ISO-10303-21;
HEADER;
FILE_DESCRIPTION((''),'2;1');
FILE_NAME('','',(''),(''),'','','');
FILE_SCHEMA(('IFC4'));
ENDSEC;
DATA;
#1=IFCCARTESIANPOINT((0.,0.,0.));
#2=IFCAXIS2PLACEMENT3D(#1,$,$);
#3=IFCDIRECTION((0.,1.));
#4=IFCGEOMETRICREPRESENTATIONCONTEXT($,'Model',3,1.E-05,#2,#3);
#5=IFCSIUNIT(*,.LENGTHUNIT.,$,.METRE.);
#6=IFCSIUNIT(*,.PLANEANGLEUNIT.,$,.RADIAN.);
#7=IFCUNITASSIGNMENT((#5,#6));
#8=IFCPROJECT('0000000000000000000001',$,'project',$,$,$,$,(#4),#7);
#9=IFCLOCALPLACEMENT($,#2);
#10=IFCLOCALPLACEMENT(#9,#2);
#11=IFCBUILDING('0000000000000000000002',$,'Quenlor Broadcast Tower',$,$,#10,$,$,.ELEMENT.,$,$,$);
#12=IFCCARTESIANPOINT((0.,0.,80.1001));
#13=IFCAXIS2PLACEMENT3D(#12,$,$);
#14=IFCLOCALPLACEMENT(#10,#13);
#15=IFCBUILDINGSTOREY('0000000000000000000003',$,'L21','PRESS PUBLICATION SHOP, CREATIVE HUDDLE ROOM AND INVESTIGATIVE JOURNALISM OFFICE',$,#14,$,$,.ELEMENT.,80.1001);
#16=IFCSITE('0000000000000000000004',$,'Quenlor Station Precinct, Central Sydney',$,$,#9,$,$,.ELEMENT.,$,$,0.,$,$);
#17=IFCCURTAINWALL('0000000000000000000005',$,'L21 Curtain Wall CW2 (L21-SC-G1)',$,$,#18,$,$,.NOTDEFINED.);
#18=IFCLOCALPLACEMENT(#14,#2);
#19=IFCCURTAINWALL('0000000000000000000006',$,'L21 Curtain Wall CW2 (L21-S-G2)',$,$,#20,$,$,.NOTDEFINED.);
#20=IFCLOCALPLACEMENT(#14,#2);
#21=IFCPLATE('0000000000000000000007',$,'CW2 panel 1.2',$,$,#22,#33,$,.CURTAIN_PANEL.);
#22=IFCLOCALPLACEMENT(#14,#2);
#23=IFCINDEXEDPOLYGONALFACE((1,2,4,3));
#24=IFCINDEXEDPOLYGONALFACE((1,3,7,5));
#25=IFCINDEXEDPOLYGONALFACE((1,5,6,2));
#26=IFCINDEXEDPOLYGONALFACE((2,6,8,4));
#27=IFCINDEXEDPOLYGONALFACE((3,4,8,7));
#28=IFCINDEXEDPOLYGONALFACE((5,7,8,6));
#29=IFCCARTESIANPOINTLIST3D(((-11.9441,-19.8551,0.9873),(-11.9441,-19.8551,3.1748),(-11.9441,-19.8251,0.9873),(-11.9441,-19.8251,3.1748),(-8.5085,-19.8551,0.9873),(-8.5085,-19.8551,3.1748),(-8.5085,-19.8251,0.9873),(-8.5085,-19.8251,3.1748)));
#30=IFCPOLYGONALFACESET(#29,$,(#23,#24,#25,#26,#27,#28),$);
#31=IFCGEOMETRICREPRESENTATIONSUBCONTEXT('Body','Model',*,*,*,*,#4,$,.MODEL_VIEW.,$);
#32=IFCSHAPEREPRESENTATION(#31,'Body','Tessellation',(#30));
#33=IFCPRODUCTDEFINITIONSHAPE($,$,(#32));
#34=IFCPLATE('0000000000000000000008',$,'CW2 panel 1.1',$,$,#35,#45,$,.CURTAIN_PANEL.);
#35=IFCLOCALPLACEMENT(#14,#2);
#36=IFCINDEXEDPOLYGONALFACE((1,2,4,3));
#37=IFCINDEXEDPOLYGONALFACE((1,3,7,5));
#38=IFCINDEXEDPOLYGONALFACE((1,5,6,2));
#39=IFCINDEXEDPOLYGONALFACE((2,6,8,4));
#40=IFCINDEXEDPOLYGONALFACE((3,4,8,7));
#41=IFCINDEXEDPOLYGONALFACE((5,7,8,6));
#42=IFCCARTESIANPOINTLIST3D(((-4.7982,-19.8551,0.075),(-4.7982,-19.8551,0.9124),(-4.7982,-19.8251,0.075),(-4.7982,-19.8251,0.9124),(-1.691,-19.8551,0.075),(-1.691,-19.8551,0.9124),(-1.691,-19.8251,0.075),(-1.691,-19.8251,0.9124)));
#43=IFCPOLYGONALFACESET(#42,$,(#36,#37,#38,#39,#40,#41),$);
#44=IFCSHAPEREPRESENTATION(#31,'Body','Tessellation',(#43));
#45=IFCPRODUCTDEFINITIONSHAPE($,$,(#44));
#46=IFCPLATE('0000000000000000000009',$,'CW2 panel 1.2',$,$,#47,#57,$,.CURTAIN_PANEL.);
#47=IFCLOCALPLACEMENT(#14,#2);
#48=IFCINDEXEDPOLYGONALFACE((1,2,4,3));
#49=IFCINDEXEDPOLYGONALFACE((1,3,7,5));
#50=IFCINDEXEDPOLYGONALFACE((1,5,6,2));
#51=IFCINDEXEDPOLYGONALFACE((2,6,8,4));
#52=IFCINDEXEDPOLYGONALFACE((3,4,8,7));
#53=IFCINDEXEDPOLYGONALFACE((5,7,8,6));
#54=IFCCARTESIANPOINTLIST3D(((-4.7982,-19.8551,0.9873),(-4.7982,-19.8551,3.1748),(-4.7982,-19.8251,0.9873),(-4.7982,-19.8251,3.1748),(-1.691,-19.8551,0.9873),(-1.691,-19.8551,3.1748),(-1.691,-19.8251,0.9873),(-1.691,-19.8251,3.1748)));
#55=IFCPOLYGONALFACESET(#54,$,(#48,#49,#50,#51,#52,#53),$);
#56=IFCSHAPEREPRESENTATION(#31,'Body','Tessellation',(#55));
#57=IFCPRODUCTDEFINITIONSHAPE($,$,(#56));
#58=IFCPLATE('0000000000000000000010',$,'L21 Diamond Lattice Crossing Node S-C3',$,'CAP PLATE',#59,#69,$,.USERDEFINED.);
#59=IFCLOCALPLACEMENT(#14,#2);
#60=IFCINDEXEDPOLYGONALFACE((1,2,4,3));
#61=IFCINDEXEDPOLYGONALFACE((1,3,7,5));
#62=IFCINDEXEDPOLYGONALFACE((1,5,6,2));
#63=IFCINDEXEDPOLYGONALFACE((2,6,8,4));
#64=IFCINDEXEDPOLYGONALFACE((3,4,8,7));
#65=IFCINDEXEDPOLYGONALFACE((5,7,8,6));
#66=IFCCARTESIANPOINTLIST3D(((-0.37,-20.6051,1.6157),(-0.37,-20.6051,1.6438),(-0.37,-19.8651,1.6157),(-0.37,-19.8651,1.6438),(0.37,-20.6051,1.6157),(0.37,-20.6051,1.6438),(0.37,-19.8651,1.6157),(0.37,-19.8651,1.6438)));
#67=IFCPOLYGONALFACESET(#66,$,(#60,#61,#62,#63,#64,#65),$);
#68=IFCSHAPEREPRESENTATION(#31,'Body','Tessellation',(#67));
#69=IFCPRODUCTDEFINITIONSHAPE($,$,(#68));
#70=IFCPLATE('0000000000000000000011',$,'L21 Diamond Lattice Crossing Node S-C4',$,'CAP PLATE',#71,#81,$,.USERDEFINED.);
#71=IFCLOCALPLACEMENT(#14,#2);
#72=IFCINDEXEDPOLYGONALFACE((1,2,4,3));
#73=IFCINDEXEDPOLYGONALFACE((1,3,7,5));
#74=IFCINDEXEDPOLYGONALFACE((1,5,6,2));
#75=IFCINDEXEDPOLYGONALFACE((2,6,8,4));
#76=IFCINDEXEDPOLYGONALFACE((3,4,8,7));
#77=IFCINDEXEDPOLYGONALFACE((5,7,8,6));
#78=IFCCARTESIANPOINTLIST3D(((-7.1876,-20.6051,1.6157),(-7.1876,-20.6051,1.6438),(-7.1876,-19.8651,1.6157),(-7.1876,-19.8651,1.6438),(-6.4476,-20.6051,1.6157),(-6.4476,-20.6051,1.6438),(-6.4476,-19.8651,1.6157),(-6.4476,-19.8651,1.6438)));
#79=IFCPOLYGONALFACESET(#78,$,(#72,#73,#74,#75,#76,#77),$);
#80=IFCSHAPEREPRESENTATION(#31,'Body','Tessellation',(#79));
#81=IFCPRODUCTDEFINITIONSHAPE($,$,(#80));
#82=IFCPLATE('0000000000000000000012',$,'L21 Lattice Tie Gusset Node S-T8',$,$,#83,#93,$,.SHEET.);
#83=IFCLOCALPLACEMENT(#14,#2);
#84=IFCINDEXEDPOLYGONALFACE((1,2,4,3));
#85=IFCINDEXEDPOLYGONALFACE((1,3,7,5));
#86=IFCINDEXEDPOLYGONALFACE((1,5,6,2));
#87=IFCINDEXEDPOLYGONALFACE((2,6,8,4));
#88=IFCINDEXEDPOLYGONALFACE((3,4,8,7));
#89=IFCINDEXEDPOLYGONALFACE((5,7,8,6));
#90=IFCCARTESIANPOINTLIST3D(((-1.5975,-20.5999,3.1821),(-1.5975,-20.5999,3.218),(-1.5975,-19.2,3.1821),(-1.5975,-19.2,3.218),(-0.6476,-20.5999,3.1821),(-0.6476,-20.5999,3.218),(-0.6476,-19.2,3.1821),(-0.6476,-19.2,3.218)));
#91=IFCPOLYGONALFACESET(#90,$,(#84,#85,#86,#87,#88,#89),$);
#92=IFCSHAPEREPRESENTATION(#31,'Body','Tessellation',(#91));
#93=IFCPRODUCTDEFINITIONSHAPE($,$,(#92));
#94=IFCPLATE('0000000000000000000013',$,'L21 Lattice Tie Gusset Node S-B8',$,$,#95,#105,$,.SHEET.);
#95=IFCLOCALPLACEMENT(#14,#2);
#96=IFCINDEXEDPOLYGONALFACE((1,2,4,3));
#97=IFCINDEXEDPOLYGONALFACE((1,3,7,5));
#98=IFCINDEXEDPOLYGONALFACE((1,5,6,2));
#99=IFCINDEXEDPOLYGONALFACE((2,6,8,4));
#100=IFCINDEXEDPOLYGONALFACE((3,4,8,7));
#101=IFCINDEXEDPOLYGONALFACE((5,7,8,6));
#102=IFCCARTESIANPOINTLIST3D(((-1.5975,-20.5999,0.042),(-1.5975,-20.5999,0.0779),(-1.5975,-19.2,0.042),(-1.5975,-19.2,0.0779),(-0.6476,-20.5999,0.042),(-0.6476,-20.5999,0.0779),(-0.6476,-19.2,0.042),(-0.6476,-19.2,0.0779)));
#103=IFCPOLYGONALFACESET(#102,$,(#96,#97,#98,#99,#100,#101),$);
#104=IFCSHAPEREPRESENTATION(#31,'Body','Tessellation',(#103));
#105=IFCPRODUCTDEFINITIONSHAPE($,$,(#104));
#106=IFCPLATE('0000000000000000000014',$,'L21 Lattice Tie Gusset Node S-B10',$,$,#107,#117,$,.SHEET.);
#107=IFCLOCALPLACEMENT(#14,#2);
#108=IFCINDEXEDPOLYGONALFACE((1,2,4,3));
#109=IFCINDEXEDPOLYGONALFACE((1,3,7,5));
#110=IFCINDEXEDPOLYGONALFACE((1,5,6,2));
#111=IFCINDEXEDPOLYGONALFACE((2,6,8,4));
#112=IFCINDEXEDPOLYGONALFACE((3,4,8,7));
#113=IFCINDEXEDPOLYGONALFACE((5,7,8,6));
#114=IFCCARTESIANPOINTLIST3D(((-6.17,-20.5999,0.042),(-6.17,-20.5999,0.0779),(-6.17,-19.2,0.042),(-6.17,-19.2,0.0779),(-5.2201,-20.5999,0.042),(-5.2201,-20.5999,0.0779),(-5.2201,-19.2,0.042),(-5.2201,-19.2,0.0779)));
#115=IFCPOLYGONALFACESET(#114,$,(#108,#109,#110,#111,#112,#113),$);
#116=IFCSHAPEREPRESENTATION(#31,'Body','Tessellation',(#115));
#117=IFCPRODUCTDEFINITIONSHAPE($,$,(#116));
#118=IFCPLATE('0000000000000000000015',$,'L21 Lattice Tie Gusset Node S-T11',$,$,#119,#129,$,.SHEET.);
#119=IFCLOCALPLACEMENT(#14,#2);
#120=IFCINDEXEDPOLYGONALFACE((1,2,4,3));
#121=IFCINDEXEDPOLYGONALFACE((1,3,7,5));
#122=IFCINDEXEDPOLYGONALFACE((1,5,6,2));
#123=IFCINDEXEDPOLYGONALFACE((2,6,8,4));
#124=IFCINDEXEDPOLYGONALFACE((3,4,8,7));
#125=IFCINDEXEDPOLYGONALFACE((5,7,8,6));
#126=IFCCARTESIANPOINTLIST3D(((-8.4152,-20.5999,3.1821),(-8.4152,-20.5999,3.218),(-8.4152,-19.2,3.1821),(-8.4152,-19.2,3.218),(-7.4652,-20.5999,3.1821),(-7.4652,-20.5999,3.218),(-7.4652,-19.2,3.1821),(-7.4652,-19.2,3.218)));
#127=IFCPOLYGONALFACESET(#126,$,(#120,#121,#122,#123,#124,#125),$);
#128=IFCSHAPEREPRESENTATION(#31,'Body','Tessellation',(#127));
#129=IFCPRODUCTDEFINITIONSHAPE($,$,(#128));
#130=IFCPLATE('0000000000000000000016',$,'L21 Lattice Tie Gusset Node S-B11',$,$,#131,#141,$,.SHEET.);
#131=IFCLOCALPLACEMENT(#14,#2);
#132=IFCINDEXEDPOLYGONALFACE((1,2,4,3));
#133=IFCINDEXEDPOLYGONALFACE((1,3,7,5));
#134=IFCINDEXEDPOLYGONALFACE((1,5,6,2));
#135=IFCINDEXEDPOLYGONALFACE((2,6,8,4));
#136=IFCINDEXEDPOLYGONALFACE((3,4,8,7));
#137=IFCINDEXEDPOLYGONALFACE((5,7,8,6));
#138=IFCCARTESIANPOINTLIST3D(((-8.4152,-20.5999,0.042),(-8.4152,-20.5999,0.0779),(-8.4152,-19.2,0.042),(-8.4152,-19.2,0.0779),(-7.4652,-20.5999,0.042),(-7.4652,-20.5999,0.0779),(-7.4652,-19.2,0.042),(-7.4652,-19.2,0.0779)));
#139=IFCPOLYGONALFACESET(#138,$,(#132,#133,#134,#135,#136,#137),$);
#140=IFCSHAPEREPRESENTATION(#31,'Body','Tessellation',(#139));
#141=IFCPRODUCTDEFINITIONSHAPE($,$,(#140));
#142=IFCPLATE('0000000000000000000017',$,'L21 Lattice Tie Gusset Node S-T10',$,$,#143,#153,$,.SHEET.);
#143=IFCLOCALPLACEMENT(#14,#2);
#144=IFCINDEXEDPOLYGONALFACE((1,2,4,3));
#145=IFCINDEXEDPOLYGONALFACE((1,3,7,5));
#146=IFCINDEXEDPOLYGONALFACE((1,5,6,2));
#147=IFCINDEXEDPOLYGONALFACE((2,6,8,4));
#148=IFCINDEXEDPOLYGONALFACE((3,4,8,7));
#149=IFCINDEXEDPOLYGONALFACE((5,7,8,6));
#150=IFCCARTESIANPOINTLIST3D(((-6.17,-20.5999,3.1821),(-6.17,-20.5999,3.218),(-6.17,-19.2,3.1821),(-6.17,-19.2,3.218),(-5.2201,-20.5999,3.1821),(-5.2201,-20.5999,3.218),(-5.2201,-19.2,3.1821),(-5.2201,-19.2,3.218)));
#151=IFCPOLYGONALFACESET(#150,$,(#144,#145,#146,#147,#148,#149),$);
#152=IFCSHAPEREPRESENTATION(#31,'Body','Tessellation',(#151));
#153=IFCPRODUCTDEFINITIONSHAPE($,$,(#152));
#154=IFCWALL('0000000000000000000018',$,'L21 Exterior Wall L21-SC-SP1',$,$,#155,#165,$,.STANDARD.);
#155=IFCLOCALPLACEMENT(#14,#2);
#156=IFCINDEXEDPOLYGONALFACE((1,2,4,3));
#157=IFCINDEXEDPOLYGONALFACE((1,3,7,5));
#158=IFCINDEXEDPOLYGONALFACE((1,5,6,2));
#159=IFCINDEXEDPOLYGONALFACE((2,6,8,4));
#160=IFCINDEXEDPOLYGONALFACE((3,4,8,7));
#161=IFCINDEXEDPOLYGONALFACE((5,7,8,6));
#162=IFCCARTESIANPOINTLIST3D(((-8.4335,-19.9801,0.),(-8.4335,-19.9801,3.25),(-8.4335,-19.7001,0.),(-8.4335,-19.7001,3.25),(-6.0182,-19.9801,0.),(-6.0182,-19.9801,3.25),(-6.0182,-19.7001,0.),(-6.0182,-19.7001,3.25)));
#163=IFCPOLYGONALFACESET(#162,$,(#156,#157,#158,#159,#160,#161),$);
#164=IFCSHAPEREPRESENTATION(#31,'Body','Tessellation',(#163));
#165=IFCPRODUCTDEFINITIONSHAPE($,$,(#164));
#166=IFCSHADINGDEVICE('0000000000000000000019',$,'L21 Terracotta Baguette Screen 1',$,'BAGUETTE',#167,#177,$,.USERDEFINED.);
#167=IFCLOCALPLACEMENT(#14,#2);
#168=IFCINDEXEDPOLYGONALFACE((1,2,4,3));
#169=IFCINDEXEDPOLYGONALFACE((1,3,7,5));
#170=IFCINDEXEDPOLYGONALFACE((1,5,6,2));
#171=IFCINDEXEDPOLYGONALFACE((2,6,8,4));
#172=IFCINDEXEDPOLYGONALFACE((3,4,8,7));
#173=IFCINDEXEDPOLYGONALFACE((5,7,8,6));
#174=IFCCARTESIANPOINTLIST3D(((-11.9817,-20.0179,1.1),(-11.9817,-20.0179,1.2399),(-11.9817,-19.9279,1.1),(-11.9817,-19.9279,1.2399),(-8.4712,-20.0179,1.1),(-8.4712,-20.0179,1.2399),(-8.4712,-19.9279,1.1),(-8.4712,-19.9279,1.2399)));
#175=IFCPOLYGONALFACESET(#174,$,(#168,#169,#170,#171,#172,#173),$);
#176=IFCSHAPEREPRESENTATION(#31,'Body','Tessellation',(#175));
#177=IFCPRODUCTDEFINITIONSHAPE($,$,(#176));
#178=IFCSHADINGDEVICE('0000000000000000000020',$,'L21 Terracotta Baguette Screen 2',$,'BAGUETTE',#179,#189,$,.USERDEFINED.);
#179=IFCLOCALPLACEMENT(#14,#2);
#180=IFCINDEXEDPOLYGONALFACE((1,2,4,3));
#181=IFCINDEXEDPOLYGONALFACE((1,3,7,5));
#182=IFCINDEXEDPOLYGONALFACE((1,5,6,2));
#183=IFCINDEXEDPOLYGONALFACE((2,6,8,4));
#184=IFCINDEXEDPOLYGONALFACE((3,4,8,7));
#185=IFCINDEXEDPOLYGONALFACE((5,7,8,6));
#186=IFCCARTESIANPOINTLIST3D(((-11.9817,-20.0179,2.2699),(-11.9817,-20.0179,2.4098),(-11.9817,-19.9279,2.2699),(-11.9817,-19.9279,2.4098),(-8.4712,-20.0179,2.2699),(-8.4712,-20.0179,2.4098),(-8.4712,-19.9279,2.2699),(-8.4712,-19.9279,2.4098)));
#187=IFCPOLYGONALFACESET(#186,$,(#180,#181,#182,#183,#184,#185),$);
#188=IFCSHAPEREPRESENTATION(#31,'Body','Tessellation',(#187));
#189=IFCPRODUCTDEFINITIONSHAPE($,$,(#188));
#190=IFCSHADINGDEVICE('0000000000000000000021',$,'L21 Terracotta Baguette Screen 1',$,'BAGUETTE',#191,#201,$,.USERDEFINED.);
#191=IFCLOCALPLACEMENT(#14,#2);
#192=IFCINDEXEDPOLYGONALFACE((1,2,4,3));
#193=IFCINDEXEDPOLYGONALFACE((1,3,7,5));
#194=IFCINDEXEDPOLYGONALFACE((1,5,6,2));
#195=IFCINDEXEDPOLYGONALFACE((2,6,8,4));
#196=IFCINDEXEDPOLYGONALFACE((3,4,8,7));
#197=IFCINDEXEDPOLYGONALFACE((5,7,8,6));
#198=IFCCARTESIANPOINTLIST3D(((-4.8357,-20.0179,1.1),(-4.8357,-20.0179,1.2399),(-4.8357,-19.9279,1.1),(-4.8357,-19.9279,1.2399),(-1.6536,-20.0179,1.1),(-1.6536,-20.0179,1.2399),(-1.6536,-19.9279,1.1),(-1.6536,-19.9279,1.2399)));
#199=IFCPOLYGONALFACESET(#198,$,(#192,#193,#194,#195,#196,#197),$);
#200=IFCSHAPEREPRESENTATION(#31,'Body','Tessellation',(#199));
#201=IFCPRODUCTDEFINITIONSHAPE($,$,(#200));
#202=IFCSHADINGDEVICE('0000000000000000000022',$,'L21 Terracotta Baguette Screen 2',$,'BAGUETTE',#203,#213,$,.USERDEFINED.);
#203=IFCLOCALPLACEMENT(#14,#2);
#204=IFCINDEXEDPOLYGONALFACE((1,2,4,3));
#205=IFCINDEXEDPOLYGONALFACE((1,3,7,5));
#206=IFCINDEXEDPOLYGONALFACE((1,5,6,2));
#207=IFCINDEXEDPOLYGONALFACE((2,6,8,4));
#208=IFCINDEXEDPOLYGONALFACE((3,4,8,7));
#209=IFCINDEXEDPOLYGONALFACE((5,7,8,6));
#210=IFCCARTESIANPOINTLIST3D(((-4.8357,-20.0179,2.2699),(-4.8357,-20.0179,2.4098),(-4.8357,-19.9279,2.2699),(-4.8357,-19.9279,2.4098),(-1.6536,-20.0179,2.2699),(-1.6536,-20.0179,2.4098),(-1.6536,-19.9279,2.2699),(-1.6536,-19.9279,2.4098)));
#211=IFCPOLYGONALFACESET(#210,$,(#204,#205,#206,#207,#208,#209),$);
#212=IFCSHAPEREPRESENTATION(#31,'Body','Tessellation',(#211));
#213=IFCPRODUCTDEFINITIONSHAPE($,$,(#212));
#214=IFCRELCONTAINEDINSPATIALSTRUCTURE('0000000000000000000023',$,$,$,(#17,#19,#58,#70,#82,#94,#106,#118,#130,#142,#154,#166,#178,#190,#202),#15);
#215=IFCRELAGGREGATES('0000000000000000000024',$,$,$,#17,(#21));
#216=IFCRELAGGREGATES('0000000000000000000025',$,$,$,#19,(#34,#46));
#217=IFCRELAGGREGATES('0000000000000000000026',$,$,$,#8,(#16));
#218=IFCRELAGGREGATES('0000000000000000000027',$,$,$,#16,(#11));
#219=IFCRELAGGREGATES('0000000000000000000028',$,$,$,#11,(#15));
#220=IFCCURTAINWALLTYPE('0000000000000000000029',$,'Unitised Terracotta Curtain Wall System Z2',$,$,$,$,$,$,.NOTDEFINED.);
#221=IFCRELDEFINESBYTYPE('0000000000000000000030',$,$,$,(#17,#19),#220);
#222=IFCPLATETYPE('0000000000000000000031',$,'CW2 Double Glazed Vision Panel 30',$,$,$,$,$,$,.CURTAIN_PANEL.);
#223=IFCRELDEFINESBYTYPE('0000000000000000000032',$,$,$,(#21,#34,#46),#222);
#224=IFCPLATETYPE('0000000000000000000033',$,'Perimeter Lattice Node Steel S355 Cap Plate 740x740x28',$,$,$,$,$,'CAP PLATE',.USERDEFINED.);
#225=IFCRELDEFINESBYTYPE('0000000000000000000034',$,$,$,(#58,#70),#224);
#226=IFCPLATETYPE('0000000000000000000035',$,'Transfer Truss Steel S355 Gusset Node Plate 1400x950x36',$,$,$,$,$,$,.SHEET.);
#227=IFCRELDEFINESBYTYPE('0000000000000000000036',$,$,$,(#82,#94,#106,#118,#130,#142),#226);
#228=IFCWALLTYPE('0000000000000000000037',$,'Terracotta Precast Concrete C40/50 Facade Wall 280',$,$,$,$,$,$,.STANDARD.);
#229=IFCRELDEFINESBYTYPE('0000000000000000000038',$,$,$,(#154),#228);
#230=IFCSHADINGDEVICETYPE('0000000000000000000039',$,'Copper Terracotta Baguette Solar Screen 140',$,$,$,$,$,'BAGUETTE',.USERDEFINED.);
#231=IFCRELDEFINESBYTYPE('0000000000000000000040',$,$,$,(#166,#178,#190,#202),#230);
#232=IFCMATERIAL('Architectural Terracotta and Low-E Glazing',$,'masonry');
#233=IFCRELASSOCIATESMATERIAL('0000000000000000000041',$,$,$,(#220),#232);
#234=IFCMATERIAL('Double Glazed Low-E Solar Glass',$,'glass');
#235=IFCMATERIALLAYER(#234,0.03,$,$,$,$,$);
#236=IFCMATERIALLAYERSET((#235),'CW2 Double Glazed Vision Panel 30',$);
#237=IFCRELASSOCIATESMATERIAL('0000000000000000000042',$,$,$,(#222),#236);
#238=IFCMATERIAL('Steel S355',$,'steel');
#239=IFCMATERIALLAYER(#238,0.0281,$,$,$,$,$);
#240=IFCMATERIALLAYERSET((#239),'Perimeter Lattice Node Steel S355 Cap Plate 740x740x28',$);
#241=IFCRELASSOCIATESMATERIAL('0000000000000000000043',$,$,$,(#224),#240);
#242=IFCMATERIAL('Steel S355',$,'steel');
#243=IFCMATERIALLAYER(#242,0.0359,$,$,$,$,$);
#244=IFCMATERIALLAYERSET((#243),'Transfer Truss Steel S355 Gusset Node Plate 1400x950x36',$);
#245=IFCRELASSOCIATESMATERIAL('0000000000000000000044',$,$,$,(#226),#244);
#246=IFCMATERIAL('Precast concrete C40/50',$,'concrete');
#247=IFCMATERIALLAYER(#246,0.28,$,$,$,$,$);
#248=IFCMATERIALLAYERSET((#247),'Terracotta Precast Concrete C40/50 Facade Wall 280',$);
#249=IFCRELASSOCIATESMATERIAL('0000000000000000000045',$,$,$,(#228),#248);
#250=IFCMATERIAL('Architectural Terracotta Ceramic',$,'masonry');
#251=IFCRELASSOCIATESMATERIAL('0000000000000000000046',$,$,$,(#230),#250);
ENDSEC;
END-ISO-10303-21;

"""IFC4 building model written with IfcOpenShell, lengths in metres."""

from ifc_helpers import new_model, si_unit, direction, frame, frame_2d, origin, origin_2d, place, context, subcontext, project, spatial, rectangle, extrude, material, layer, layer_set, material_profile, profile_set, type_object, element, aggregate, save


model = new_model("IFC4")

# Units and contexts
model_context = context("Model", 3, precision=1e-05, world=origin(), true_north=direction((0.0, 1.0)))
body_context = subcontext(model_context, "Body", "Model", "MODEL_VIEW")
ifc_project = project(units=[si_unit("LENGTHUNIT", "METRE"), si_unit("PLANEANGLEUNIT", "RADIAN")], contexts=[model_context])

# Site, building, storey
site_placement = place(None, origin())
site = spatial("IfcSite", under=ifc_project, at=site_placement, Name="Quenlor Station Precinct, Central Sydney", CompositionType="ELEMENT", RefElevation=0.0)
building_placement = place(site_placement, origin())
building = spatial("IfcBuilding", under=site, at=building_placement, Name="Quenlor Broadcast Tower", CompositionType="ELEMENT")
storey_placement = place(building_placement, frame((0.0, 0.0, 80.1001)))
storey = spatial("IfcBuildingStorey", under=building, at=storey_placement, Name="L21", Description="PRESS PUBLICATION SHOP, CREATIVE HUDDLE ROOM AND INVESTIGATIVE JOURNALISM OFFICE", CompositionType="ELEMENT", Elevation=80.1001)

# Curtain walls
ifc_material_1 = material(Name="Architectural Terracotta and Low-E Glazing", Category="masonry")
curtain_wall_type = type_object("IfcCurtainWallType", Name="Unitised Terracotta Curtain Wall System Z2", PredefinedType="NOTDEFINED", material=ifc_material_1)
curtain_wall_1_placement = place(storey_placement, origin())
curtain_wall_1 = element("IfcCurtainWall", 1, at=curtain_wall_1_placement, inside=storey, type_object=curtain_wall_type, Name="L21 Curtain Wall CW2 (L21-SC-G1)", PredefinedType="NOTDEFINED")
curtain_wall_2_placement = place(storey_placement, origin())
curtain_wall_2 = element("IfcCurtainWall", 2, at=curtain_wall_2_placement, inside=storey, type_object=curtain_wall_type, Name="L21 Curtain Wall CW2 (L21-S-G2)", PredefinedType="NOTDEFINED")

# Plates
ifc_material_2 = material(Name="Double Glazed Low-E Solar Glass", Category="glass")
ifc_layer_1 = layer(ifc_material_2, 0.03)
ifc_layer_set_1 = layer_set([ifc_layer_1], Name="CW2 Double Glazed Vision Panel 30")
plate_type_1 = type_object("IfcPlateType", Name="CW2 Double Glazed Vision Panel 30", PredefinedType="CURTAIN_PANEL", material=ifc_layer_set_1)
plate_1_placement = place(storey_placement, frame((-10.2263, -19.8401, 0.9873), z_axis=(0.0, 0.0, 1.0), x_axis=(-1.0, 0.0, 0.0)))
plate_1 = element("IfcPlate", 3, at=plate_1_placement, type_object=plate_type_1, Name="CW2 panel 1.2", PredefinedType="CURTAIN_PANEL", context=body_context, shape_type="SweptSolid", body=[
    extrude(rectangle(XDim=3.4355, YDim=0.03, at=origin_2d()), origin(), (0.0, 0.0, 1.0), 2.1875),
])
aggregate(curtain_wall_1, [plate_1])
plate_2_placement = place(storey_placement, frame((-3.2446, -19.8401, 0.075), z_axis=(0.0, 0.0, 1.0), x_axis=(-1.0, 0.0, 0.0)))
plate_2 = element("IfcPlate", 4, at=plate_2_placement, type_object=plate_type_1, Name="CW2 panel 1.1", PredefinedType="CURTAIN_PANEL", context=body_context, shape_type="SweptSolid", body=[
    extrude(rectangle(XDim=3.1072, YDim=0.03, at=origin_2d()), origin(), (0.0, 0.0, 1.0), 0.8374),
])
plate_3_placement = place(storey_placement, frame((-3.2446, -19.8401, 0.9873), z_axis=(0.0, 0.0, 1.0), x_axis=(-1.0, 0.0, 0.0)))
plate_3 = element("IfcPlate", 5, at=plate_3_placement, type_object=plate_type_1, Name="CW2 panel 1.2", PredefinedType="CURTAIN_PANEL", context=body_context, shape_type="SweptSolid", body=[
    extrude(rectangle(XDim=3.1072, YDim=0.03, at=origin_2d()), origin(), (0.0, 0.0, 1.0), 2.1875),
])
aggregate(curtain_wall_2, [plate_2, plate_3])

# Plates
ifc_material_3 = material(Name="Steel S355", Category="steel")
ifc_layer_2 = layer(ifc_material_3, 0.0281)
ifc_layer_set_2 = layer_set([ifc_layer_2], Name="Perimeter Lattice Node Steel S355 Cap Plate 740x740x28")
plate_type_2 = type_object("IfcPlateType", Name="Perimeter Lattice Node Steel S355 Cap Plate 740x740x28", ElementType="CAP PLATE", PredefinedType="USERDEFINED", material=ifc_layer_set_2)
for number, where, z_axis, x_axis, name in (
    (6, (0.0, -20.2351, 1.6157), (0.0, 0.0, 1.0), (-1.0, 0.0, 0.0), "L21 Diamond Lattice Crossing Node S-C3"),
    (7, (-6.8176, -20.2351, 1.6157), (0.0, 0.0, 1.0), (-1.0, 0.0, 0.0), "L21 Diamond Lattice Crossing Node S-C4"),
):
    element("IfcPlate", number, at=place(storey_placement, frame(where, z_axis=z_axis, x_axis=x_axis)), inside=storey, type_object=plate_type_2, Name=name, ObjectType="CAP PLATE", PredefinedType="USERDEFINED", context=body_context, shape_type="SweptSolid", body=[
        extrude(rectangle(XDim=0.74, YDim=0.74, at=origin_2d()), origin(), (0.0, 0.0, 1.0), 0.0281),
    ])
ifc_material_4 = material(Name="Steel S355", Category="steel")
ifc_layer_3 = layer(ifc_material_4, 0.0359)
ifc_layer_set_3 = layer_set([ifc_layer_3], Name="Transfer Truss Steel S355 Gusset Node Plate 1400x950x36")
plate_type_3 = type_object("IfcPlateType", Name="Transfer Truss Steel S355 Gusset Node Plate 1400x950x36", PredefinedType="SHEET", material=ifc_layer_set_3)
for number, where, z_axis, x_axis, name in (
    (8, (-1.1226, -19.8999, 3.1821), (0.0, 0.0, 1.0), (0.0, -1.0, 0.0), "L21 Lattice Tie Gusset Node S-T8"),
    (9, (-1.1226, -19.8999, 0.042), (0.0, 0.0, 1.0), (0.0, -1.0, 0.0), "L21 Lattice Tie Gusset Node S-B8"),
    (10, (-5.6951, -19.8999, 0.042), (0.0, 0.0, 1.0), (0.0, -1.0, 0.0), "L21 Lattice Tie Gusset Node S-B10"),
    (11, (-7.9402, -19.8999, 3.1821), (0.0, 0.0, 1.0), (0.0, -1.0, 0.0), "L21 Lattice Tie Gusset Node S-T11"),
    (12, (-7.9402, -19.8999, 0.042), (0.0, 0.0, 1.0), (0.0, -1.0, 0.0), "L21 Lattice Tie Gusset Node S-B11"),
    (13, (-5.6951, -19.8999, 3.1821), (0.0, 0.0, 1.0), (0.0, -1.0, 0.0), "L21 Lattice Tie Gusset Node S-T10"),
):
    element("IfcPlate", number, at=place(storey_placement, frame(where, z_axis=z_axis, x_axis=x_axis)), inside=storey, type_object=plate_type_3, Name=name, PredefinedType="SHEET", context=body_context, shape_type="SweptSolid", body=[
        extrude(rectangle(XDim=1.3999, YDim=0.95, at=origin_2d()), origin(), (0.0, 0.0, 1.0), 0.0359),
    ])

# Wall
ifc_material_5 = material(Name="Precast concrete C40/50", Category="concrete")
ifc_layer_4 = layer(ifc_material_5, 0.28)
ifc_layer_set_4 = layer_set([ifc_layer_4], Name="Terracotta Precast Concrete C40/50 Facade Wall 280")
wall_type = type_object("IfcWallType", Name="Terracotta Precast Concrete C40/50 Facade Wall 280", PredefinedType="STANDARD", material=ifc_layer_set_4)
wall_placement = place(storey_placement, frame((-6.0183, -19.8401, 0.0), z_axis=(0.0, 0.0, 1.0), x_axis=(-1.0, 0.0, 0.0)))
element("IfcWall", 14, at=wall_placement, inside=storey, type_object=wall_type, Name="L21 Exterior Wall L21-SC-SP1", PredefinedType="STANDARD", context=body_context, shape_type="SweptSolid", body=[
    extrude(rectangle(XDim=2.4153, YDim=0.28, at=frame_2d((1.2075, 0.0))), origin(), (0.0, 0.0, 1.0), 3.25),
])

# Shading devices
ifc_material_6 = material(Name="Architectural Terracotta Ceramic", Category="masonry")
ifc_material_profile_1 = material_profile(ifc_material_6, rectangle(XDim=0.0901, YDim=0.1399, at=origin_2d()))
ifc_profile_set_1 = profile_set([ifc_material_profile_1], Name="Architectural Terracotta Ceramic BAG90x140")
shading_device_type = type_object("IfcShadingDeviceType", Name="Copper Terracotta Baguette Solar Screen 140", ElementType="BAGUETTE", PredefinedType="USERDEFINED", material=ifc_profile_set_1)
for number, where, z_axis, x_axis, name in (
    (15, (-8.4712, -19.9729, 1.1699), (-1.0, 0.0, 0.0), (0.0, -1.0, 0.0), "L21 Terracotta Baguette Screen 1"),
    (16, (-8.4712, -19.9729, 2.3398), (-1.0, 0.0, 0.0), (0.0, -1.0, 0.0), "L21 Terracotta Baguette Screen 2"),
):
    element("IfcShadingDevice", number, at=place(storey_placement, frame(where, z_axis=z_axis, x_axis=x_axis)), inside=storey, type_object=shading_device_type, Name=name, ObjectType="BAGUETTE", PredefinedType="USERDEFINED", context=body_context, shape_type="SweptSolid", body=[
        extrude(rectangle(XDim=0.0901, YDim=0.1399, at=origin_2d()), origin(), (0.0, 0.0, 1.0), 3.5105),
    ])
for number, where, z_axis, x_axis, name in (
    (17, (-1.6536, -19.9729, 1.1699), (-1.0, 0.0, 0.0), (0.0, -1.0, 0.0), "L21 Terracotta Baguette Screen 1"),
    (18, (-1.6536, -19.9729, 2.3398), (-1.0, 0.0, 0.0), (0.0, -1.0, 0.0), "L21 Terracotta Baguette Screen 2"),
):
    element("IfcShadingDevice", number, at=place(storey_placement, frame(where, z_axis=z_axis, x_axis=x_axis)), inside=storey, type_object=shading_device_type, Name=name, ObjectType="BAGUETTE", PredefinedType="USERDEFINED", context=body_context, shape_type="SweptSolid", body=[
        extrude(rectangle(XDim=0.0901, YDim=0.1399, at=origin_2d()), origin(), (0.0, 0.0, 1.0), 3.1821),
    ])

save(model, "model.ifc")
